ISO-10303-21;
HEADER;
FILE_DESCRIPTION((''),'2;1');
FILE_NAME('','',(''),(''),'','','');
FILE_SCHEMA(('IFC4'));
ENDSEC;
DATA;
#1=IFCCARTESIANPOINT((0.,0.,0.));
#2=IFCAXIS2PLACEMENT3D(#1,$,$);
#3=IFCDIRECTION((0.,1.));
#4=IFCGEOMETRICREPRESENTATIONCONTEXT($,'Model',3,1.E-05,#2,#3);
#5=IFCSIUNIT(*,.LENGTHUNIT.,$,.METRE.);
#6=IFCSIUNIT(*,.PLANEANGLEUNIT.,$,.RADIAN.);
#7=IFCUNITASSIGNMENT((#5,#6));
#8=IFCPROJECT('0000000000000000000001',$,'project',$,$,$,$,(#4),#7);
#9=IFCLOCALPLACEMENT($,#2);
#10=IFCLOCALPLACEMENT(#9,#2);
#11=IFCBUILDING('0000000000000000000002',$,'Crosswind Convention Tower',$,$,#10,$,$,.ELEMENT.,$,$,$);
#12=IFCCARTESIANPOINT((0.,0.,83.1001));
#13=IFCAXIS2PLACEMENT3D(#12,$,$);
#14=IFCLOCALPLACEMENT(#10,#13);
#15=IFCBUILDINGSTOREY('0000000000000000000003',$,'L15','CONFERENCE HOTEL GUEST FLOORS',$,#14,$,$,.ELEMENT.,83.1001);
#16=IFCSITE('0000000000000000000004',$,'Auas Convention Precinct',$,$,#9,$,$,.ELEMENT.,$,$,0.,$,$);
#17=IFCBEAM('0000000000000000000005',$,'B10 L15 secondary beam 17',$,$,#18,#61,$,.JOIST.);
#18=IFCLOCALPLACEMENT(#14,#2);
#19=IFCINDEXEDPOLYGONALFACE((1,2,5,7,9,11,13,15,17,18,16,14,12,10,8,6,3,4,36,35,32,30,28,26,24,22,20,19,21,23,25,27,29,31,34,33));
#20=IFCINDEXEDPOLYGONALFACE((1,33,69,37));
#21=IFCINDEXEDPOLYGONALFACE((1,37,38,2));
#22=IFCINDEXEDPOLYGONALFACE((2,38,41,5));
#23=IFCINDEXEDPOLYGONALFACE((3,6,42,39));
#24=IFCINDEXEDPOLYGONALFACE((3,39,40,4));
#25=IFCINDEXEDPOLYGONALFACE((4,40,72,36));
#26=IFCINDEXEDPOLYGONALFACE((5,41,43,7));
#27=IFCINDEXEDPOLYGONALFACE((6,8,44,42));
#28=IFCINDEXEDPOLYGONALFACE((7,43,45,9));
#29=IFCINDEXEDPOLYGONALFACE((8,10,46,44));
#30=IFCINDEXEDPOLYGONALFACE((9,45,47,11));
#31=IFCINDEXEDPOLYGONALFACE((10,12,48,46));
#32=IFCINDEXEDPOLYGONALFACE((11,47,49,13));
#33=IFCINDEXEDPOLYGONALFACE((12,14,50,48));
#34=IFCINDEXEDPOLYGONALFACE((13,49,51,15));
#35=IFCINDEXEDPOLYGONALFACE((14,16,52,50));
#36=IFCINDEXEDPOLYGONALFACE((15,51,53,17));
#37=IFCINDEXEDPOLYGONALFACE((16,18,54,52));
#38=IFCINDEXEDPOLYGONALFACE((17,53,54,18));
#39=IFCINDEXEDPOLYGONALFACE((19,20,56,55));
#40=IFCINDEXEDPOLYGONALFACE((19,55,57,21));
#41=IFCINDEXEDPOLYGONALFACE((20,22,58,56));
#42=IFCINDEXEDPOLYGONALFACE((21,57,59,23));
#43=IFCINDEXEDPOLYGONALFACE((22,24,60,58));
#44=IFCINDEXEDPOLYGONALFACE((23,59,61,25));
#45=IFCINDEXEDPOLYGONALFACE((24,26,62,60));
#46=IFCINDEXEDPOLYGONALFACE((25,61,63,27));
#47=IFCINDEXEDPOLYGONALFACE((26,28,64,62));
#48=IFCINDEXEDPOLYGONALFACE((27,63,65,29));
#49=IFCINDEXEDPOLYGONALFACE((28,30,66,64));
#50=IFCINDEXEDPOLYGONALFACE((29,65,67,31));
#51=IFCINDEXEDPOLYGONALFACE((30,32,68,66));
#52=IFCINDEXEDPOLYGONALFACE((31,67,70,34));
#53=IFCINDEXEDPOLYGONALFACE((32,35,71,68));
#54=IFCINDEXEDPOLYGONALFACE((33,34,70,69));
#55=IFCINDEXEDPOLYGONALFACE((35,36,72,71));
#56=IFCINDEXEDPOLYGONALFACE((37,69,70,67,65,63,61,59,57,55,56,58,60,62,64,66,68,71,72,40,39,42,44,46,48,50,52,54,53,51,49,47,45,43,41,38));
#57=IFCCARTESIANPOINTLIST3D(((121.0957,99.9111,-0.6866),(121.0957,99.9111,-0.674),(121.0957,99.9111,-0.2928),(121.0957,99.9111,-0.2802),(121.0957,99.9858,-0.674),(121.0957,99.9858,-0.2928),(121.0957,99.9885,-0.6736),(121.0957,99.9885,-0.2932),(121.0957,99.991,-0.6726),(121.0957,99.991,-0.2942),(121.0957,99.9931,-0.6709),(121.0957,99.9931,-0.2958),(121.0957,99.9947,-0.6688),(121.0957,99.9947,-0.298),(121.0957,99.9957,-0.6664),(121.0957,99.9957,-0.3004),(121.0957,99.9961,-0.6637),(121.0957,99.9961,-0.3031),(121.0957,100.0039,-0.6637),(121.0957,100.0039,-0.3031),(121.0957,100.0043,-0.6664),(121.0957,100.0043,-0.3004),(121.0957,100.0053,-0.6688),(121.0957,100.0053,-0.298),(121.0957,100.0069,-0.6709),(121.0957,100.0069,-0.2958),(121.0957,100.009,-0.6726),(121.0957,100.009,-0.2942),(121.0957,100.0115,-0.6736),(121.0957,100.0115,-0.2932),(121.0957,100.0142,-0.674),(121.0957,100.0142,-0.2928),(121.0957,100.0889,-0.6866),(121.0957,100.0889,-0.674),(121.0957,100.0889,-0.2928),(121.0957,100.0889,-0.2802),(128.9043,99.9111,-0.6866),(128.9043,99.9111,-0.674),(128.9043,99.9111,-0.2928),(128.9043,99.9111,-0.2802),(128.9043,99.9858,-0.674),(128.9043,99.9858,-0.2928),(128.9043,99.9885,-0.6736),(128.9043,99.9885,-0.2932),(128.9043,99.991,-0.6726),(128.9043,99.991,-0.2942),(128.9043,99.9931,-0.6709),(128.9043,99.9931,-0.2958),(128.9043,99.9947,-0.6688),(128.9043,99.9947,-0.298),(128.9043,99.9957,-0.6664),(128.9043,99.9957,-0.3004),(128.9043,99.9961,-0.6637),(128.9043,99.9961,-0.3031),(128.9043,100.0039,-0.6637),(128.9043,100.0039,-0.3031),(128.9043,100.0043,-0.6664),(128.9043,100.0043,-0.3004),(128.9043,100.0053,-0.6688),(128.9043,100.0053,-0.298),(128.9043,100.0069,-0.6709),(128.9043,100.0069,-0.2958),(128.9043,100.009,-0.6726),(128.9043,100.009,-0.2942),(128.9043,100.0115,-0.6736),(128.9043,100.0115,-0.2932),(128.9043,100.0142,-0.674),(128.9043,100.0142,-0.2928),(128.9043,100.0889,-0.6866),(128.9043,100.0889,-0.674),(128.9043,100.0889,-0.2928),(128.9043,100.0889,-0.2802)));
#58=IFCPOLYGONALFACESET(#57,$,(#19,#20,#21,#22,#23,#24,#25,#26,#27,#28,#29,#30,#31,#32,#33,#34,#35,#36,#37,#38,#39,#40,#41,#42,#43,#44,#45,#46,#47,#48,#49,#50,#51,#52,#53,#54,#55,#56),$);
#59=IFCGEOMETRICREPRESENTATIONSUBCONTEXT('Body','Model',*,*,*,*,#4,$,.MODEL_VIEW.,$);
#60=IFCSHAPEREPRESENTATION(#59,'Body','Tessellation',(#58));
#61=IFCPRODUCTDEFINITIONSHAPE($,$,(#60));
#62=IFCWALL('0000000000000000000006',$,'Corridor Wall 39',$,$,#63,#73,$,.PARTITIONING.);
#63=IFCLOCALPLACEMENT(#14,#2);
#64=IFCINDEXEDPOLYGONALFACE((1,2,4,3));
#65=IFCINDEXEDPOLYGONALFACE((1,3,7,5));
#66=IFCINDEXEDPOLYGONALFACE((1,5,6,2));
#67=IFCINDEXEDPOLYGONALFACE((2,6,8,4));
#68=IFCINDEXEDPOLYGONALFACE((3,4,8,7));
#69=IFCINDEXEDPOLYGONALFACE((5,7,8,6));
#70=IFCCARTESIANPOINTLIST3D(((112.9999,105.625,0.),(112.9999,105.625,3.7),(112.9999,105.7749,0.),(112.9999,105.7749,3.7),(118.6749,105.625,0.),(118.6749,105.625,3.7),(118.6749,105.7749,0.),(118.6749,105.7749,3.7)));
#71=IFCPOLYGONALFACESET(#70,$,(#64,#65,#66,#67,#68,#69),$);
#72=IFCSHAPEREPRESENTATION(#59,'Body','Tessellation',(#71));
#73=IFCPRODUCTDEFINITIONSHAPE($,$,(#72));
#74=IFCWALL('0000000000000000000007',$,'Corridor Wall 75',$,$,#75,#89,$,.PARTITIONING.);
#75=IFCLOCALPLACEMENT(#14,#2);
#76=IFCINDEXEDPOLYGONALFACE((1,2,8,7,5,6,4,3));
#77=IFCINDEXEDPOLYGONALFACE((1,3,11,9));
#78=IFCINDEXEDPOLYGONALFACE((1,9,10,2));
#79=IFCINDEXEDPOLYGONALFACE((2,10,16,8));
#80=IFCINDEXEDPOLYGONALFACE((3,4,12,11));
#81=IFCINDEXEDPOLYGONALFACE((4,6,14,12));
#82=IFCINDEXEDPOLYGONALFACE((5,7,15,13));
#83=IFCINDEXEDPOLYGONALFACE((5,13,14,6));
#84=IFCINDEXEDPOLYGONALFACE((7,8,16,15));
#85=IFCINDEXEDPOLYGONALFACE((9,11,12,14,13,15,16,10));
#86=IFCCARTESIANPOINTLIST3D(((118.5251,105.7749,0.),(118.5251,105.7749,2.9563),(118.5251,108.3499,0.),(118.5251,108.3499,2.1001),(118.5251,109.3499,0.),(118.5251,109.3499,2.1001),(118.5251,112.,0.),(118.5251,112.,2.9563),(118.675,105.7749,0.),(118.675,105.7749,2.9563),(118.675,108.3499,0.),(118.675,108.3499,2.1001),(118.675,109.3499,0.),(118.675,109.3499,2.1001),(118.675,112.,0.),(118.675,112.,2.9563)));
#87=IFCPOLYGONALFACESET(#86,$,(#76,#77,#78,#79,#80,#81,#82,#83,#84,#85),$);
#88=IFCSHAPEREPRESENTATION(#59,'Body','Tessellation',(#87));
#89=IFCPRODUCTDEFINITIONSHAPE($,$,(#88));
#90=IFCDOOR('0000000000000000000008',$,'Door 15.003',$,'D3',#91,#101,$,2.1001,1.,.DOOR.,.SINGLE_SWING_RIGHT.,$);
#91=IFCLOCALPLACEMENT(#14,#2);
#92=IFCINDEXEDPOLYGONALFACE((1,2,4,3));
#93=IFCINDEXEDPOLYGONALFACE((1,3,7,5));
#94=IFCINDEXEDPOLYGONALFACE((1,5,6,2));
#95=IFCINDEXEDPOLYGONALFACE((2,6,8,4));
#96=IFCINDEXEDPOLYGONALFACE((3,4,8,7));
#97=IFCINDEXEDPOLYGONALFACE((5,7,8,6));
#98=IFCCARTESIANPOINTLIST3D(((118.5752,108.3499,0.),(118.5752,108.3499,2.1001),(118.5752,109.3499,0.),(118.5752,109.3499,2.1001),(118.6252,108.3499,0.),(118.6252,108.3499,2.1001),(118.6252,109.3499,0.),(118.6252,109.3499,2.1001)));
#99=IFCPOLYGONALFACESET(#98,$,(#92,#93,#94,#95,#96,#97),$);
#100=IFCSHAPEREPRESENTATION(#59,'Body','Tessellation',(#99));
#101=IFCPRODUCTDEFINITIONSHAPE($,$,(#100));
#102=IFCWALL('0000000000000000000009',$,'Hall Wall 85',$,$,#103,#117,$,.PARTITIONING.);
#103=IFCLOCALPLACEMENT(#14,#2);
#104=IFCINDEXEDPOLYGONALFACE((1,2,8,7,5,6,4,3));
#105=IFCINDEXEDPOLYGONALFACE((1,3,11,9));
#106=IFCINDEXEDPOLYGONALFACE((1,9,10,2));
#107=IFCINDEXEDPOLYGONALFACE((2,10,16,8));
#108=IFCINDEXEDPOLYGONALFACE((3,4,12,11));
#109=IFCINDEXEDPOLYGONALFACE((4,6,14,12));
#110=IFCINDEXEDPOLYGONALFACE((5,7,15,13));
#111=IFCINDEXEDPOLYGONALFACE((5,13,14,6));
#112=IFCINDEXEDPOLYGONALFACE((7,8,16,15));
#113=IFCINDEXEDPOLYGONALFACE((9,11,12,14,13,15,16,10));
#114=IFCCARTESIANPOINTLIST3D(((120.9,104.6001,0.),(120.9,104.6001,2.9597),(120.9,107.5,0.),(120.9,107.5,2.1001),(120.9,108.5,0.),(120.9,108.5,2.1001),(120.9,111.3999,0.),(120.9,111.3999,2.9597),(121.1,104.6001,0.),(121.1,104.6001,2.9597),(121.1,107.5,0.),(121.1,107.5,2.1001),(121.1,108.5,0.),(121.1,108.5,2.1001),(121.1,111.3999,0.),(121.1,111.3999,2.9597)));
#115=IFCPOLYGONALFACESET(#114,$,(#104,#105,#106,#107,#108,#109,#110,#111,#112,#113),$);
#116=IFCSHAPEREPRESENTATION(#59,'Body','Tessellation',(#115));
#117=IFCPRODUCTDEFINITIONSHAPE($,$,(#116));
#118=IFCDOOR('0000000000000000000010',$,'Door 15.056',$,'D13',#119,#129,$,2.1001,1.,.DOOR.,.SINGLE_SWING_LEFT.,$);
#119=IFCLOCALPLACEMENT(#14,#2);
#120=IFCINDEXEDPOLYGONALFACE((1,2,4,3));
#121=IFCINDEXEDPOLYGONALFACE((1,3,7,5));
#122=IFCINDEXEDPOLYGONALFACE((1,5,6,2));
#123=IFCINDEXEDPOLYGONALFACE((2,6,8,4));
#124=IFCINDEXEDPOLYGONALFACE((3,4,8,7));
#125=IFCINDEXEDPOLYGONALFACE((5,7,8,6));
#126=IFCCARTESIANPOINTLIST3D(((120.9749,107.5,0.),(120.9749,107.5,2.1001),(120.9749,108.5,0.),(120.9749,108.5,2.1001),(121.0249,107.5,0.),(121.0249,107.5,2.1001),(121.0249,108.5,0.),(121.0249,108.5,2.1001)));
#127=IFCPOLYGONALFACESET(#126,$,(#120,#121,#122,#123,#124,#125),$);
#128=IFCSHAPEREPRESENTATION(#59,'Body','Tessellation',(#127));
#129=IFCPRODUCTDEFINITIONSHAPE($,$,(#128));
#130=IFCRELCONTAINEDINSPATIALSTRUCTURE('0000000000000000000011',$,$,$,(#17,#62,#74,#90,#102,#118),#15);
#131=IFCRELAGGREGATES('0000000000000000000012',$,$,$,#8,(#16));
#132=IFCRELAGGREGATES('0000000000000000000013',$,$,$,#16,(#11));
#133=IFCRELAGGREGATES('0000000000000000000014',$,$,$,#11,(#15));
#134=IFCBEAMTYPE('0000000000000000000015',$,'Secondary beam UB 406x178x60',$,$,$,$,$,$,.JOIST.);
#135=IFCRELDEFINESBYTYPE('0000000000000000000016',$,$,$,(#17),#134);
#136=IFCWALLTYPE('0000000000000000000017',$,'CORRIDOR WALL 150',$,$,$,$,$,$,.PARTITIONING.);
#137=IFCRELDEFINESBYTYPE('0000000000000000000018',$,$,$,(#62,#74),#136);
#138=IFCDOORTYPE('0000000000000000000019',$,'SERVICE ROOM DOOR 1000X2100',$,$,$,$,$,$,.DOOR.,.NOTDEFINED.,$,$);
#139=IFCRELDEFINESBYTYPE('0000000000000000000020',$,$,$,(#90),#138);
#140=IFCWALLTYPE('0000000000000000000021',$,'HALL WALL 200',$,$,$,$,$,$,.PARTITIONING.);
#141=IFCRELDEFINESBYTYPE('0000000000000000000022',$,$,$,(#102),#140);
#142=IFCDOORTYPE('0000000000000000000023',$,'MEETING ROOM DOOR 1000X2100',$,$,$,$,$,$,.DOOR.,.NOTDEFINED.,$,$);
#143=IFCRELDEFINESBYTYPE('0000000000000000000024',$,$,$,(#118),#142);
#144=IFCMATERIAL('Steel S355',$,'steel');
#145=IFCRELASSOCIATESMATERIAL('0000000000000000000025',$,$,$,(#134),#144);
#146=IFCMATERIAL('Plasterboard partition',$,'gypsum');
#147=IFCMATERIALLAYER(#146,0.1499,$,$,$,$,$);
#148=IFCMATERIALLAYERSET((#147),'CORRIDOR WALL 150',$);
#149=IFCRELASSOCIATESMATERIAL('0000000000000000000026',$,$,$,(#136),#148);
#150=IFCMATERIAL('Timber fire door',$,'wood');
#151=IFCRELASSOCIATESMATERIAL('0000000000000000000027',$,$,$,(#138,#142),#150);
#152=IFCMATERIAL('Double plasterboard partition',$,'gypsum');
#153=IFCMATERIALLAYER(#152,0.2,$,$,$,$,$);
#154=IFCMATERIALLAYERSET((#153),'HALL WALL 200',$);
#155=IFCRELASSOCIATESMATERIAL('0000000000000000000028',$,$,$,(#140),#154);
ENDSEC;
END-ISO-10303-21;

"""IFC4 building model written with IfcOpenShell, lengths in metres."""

from ifc_helpers import new_model, si_unit, direction, frame, frame_2d, origin, origin_2d, place, context, subcontext, project, spatial, rectangle, i_section, extrude, material, layer, layer_set, material_profile, profile_set, type_object, element, fill, save


model = new_model("IFC4")

# Units and contexts
model_context = context("Model", 3, precision=1e-05, world=origin(), true_north=direction((0.0, 1.0)))
body_context = subcontext(model_context, "Body", "Model", "MODEL_VIEW")
ifc_project = project(units=[si_unit("LENGTHUNIT", "METRE"), si_unit("PLANEANGLEUNIT", "RADIAN")], contexts=[model_context])

# Site, building, storey
site_placement = place(None, origin())
site = spatial("IfcSite", under=ifc_project, at=site_placement, Name="Auas Convention Precinct", CompositionType="ELEMENT", RefElevation=0.0)
building_placement = place(site_placement, origin())
building = spatial("IfcBuilding", under=site, at=building_placement, Name="Crosswind Convention Tower", CompositionType="ELEMENT")
storey_placement = place(building_placement, frame((0.0, 0.0, 83.1001)))
storey = spatial("IfcBuildingStorey", under=building, at=storey_placement, Name="L15", Description="CONFERENCE HOTEL GUEST FLOORS", CompositionType="ELEMENT", Elevation=83.1001)

# Beam
ifc_material_1 = material(Name="Steel S355", Category="steel")
ifc_material_profile_1 = material_profile(ifc_material_1, i_section(OverallWidth=0.1777, OverallDepth=0.4065, WebThickness=0.0078, FlangeThickness=0.0127, FilletRadius=0.0103, at=origin_2d()), Name="UB 406x178x60")
ifc_profile_set_1 = profile_set([ifc_material_profile_1], Name="Steel S355")
beam_type_1 = type_object("IfcBeamType", Name="Secondary beam UB 406x178x60", PredefinedType="JOIST", material=ifc_profile_set_1)
beam_1_placement = place(storey_placement, frame((121.0957, 100.0, -0.4834), z_axis=(1.0, 0.0, 0.0), x_axis=(0.0, 1.0, 0.0)))
element("IfcBeam", 1, at=beam_1_placement, inside=storey, type_object=beam_type_1, Name="B10 L15 secondary beam 17", PredefinedType="JOIST", context=body_context, shape_type="SweptSolid", body=[
    extrude(i_section(OverallWidth=0.1777, OverallDepth=0.4065, WebThickness=0.0078, FlangeThickness=0.0127, FilletRadius=0.0103, at=origin_2d()), origin(), (0.0, 0.0, 1.0), 7.8086),
])

# Wall
ifc_material_2 = material(Name="Plasterboard partition", Category="gypsum")
ifc_layer_1 = layer(ifc_material_2, 0.1499)
ifc_layer_set_1 = layer_set([ifc_layer_1], Name="CORRIDOR WALL 150")
wall_type_1 = type_object("IfcWallType", Name="CORRIDOR WALL 150", PredefinedType="PARTITIONING", material=ifc_layer_set_1)
wall_1_placement = place(storey_placement, frame((113.0, 105.7, 0.0), z_axis=(0.0, 0.0, 1.0), x_axis=(1.0, 0.0, 0.0)))
element("IfcWall", 2, at=wall_1_placement, inside=storey, type_object=wall_type_1, Name="Corridor Wall 39", PredefinedType="PARTITIONING", context=body_context, shape_type="SweptSolid", body=[
    extrude(rectangle(XDim=5.675, YDim=0.1499, at=frame_2d((2.8374, 0.0))), origin(), (0.0, 0.0, 1.0), 3.7),
])

# Walls, openings, doors
wall_2_placement = place(storey_placement, frame((118.6001, 105.7749, 0.0), z_axis=(0.0, 0.0, 1.0), x_axis=(0.0, 1.0, 0.0)))
wall_2 = element("IfcWall", 3, at=wall_2_placement, inside=storey, type_object=wall_type_1, Name="Corridor Wall 75", PredefinedType="PARTITIONING", context=body_context, shape_type="SweptSolid", body=[
    extrude(rectangle(XDim=6.2251, YDim=0.1499, at=frame_2d((3.1125, 0.0))), origin(), (0.0, 0.0, 1.0), 2.9563),
])
opening_1_placement = place(wall_2_placement, frame((2.575, 0.0, 0.0)))
opening_1 = element("IfcOpeningElement", 4, at=opening_1_placement, cuts=wall_2, PredefinedType="OPENING", context=body_context, shape_type="SweptSolid", body=[
    extrude(rectangle(XDim=1.0, YDim=2.1001, at=frame_2d((0.5, 1.05))), frame((0.0, 0.085, 0.0), z_axis=(0.0, -1.0, 0.0), x_axis=(1.0, 0.0, 0.0)), (0.0, 0.0, 1.0), 0.1699),
])
ifc_material_3 = material(Name="Timber fire door", Category="wood")
door_type_1 = type_object("IfcDoorType", Name="SERVICE ROOM DOOR 1000X2100", OperationType="NOTDEFINED", PredefinedType="DOOR", material=ifc_material_3)
door_1_placement = place(opening_1_placement, origin())
door_1 = element("IfcDoor", 5, at=door_1_placement, inside=storey, type_object=door_type_1, Name="Door 15.003", ObjectType="D3", OperationType="SINGLE_SWING_RIGHT", OverallHeight=2.1001, OverallWidth=1.0, PredefinedType="DOOR", context=body_context, shape_type="SweptSolid", body=[
    extrude(rectangle(XDim=1.0, YDim=2.1001, at=frame_2d((0.5, 1.05))), frame((0.0, 0.0249, 0.0), z_axis=(0.0, -1.0, 0.0), x_axis=(1.0, 0.0, 0.0)), (0.0, 0.0, 1.0), 0.05),
])
fill(opening_1, door_1)
ifc_material_4 = material(Name="Double plasterboard partition", Category="gypsum")
ifc_layer_2 = layer(ifc_material_4, 0.2)
ifc_layer_set_2 = layer_set([ifc_layer_2], Name="HALL WALL 200")
wall_type_2 = type_object("IfcWallType", Name="HALL WALL 200", PredefinedType="PARTITIONING", material=ifc_layer_set_2)
wall_3_placement = place(storey_placement, frame((121.0, 104.6001, 0.0), z_axis=(0.0, 0.0, 1.0), x_axis=(0.0, 1.0, 0.0)))
wall_3 = element("IfcWall", 6, at=wall_3_placement, inside=storey, type_object=wall_type_2, Name="Hall Wall 85", PredefinedType="PARTITIONING", context=body_context, shape_type="SweptSolid", body=[
    extrude(rectangle(XDim=6.7998, YDim=0.2, at=frame_2d((3.3999, 0.0))), origin(), (0.0, 0.0, 1.0), 2.9597),
])
opening_2_placement = place(wall_3_placement, frame((2.8999, 0.0, 0.0)))
opening_2 = element("IfcOpeningElement", 7, at=opening_2_placement, cuts=wall_3, PredefinedType="OPENING", context=body_context, shape_type="SweptSolid", body=[
    extrude(rectangle(XDim=1.0, YDim=2.1001, at=frame_2d((0.5, 1.05))), frame((0.0, 0.1099, 0.0), z_axis=(0.0, -1.0, 0.0), x_axis=(1.0, 0.0, 0.0)), (0.0, 0.0, 1.0), 0.22),
])
door_type_2 = type_object("IfcDoorType", Name="MEETING ROOM DOOR 1000X2100", OperationType="NOTDEFINED", PredefinedType="DOOR", material=ifc_material_3)
door_2_placement = place(opening_2_placement, frame((1.0, 0.0, 0.0), z_axis=(0.0, 0.0, 1.0), x_axis=(-1.0, 0.0, 0.0)))
door_2 = element("IfcDoor", 8, at=door_2_placement, inside=storey, type_object=door_type_2, Name="Door 15.056", ObjectType="D13", OperationType="SINGLE_SWING_LEFT", OverallHeight=2.1001, OverallWidth=1.0, PredefinedType="DOOR", context=body_context, shape_type="SweptSolid", body=[
    extrude(rectangle(XDim=1.0, YDim=2.1001, at=frame_2d((0.5, 1.05))), frame((0.0, 0.0249, 0.0), z_axis=(0.0, -1.0, 0.0), x_axis=(1.0, 0.0, 0.0)), (0.0, 0.0, 1.0), 0.05),
])
fill(opening_2, door_2)

save(model, "model.ifc")
